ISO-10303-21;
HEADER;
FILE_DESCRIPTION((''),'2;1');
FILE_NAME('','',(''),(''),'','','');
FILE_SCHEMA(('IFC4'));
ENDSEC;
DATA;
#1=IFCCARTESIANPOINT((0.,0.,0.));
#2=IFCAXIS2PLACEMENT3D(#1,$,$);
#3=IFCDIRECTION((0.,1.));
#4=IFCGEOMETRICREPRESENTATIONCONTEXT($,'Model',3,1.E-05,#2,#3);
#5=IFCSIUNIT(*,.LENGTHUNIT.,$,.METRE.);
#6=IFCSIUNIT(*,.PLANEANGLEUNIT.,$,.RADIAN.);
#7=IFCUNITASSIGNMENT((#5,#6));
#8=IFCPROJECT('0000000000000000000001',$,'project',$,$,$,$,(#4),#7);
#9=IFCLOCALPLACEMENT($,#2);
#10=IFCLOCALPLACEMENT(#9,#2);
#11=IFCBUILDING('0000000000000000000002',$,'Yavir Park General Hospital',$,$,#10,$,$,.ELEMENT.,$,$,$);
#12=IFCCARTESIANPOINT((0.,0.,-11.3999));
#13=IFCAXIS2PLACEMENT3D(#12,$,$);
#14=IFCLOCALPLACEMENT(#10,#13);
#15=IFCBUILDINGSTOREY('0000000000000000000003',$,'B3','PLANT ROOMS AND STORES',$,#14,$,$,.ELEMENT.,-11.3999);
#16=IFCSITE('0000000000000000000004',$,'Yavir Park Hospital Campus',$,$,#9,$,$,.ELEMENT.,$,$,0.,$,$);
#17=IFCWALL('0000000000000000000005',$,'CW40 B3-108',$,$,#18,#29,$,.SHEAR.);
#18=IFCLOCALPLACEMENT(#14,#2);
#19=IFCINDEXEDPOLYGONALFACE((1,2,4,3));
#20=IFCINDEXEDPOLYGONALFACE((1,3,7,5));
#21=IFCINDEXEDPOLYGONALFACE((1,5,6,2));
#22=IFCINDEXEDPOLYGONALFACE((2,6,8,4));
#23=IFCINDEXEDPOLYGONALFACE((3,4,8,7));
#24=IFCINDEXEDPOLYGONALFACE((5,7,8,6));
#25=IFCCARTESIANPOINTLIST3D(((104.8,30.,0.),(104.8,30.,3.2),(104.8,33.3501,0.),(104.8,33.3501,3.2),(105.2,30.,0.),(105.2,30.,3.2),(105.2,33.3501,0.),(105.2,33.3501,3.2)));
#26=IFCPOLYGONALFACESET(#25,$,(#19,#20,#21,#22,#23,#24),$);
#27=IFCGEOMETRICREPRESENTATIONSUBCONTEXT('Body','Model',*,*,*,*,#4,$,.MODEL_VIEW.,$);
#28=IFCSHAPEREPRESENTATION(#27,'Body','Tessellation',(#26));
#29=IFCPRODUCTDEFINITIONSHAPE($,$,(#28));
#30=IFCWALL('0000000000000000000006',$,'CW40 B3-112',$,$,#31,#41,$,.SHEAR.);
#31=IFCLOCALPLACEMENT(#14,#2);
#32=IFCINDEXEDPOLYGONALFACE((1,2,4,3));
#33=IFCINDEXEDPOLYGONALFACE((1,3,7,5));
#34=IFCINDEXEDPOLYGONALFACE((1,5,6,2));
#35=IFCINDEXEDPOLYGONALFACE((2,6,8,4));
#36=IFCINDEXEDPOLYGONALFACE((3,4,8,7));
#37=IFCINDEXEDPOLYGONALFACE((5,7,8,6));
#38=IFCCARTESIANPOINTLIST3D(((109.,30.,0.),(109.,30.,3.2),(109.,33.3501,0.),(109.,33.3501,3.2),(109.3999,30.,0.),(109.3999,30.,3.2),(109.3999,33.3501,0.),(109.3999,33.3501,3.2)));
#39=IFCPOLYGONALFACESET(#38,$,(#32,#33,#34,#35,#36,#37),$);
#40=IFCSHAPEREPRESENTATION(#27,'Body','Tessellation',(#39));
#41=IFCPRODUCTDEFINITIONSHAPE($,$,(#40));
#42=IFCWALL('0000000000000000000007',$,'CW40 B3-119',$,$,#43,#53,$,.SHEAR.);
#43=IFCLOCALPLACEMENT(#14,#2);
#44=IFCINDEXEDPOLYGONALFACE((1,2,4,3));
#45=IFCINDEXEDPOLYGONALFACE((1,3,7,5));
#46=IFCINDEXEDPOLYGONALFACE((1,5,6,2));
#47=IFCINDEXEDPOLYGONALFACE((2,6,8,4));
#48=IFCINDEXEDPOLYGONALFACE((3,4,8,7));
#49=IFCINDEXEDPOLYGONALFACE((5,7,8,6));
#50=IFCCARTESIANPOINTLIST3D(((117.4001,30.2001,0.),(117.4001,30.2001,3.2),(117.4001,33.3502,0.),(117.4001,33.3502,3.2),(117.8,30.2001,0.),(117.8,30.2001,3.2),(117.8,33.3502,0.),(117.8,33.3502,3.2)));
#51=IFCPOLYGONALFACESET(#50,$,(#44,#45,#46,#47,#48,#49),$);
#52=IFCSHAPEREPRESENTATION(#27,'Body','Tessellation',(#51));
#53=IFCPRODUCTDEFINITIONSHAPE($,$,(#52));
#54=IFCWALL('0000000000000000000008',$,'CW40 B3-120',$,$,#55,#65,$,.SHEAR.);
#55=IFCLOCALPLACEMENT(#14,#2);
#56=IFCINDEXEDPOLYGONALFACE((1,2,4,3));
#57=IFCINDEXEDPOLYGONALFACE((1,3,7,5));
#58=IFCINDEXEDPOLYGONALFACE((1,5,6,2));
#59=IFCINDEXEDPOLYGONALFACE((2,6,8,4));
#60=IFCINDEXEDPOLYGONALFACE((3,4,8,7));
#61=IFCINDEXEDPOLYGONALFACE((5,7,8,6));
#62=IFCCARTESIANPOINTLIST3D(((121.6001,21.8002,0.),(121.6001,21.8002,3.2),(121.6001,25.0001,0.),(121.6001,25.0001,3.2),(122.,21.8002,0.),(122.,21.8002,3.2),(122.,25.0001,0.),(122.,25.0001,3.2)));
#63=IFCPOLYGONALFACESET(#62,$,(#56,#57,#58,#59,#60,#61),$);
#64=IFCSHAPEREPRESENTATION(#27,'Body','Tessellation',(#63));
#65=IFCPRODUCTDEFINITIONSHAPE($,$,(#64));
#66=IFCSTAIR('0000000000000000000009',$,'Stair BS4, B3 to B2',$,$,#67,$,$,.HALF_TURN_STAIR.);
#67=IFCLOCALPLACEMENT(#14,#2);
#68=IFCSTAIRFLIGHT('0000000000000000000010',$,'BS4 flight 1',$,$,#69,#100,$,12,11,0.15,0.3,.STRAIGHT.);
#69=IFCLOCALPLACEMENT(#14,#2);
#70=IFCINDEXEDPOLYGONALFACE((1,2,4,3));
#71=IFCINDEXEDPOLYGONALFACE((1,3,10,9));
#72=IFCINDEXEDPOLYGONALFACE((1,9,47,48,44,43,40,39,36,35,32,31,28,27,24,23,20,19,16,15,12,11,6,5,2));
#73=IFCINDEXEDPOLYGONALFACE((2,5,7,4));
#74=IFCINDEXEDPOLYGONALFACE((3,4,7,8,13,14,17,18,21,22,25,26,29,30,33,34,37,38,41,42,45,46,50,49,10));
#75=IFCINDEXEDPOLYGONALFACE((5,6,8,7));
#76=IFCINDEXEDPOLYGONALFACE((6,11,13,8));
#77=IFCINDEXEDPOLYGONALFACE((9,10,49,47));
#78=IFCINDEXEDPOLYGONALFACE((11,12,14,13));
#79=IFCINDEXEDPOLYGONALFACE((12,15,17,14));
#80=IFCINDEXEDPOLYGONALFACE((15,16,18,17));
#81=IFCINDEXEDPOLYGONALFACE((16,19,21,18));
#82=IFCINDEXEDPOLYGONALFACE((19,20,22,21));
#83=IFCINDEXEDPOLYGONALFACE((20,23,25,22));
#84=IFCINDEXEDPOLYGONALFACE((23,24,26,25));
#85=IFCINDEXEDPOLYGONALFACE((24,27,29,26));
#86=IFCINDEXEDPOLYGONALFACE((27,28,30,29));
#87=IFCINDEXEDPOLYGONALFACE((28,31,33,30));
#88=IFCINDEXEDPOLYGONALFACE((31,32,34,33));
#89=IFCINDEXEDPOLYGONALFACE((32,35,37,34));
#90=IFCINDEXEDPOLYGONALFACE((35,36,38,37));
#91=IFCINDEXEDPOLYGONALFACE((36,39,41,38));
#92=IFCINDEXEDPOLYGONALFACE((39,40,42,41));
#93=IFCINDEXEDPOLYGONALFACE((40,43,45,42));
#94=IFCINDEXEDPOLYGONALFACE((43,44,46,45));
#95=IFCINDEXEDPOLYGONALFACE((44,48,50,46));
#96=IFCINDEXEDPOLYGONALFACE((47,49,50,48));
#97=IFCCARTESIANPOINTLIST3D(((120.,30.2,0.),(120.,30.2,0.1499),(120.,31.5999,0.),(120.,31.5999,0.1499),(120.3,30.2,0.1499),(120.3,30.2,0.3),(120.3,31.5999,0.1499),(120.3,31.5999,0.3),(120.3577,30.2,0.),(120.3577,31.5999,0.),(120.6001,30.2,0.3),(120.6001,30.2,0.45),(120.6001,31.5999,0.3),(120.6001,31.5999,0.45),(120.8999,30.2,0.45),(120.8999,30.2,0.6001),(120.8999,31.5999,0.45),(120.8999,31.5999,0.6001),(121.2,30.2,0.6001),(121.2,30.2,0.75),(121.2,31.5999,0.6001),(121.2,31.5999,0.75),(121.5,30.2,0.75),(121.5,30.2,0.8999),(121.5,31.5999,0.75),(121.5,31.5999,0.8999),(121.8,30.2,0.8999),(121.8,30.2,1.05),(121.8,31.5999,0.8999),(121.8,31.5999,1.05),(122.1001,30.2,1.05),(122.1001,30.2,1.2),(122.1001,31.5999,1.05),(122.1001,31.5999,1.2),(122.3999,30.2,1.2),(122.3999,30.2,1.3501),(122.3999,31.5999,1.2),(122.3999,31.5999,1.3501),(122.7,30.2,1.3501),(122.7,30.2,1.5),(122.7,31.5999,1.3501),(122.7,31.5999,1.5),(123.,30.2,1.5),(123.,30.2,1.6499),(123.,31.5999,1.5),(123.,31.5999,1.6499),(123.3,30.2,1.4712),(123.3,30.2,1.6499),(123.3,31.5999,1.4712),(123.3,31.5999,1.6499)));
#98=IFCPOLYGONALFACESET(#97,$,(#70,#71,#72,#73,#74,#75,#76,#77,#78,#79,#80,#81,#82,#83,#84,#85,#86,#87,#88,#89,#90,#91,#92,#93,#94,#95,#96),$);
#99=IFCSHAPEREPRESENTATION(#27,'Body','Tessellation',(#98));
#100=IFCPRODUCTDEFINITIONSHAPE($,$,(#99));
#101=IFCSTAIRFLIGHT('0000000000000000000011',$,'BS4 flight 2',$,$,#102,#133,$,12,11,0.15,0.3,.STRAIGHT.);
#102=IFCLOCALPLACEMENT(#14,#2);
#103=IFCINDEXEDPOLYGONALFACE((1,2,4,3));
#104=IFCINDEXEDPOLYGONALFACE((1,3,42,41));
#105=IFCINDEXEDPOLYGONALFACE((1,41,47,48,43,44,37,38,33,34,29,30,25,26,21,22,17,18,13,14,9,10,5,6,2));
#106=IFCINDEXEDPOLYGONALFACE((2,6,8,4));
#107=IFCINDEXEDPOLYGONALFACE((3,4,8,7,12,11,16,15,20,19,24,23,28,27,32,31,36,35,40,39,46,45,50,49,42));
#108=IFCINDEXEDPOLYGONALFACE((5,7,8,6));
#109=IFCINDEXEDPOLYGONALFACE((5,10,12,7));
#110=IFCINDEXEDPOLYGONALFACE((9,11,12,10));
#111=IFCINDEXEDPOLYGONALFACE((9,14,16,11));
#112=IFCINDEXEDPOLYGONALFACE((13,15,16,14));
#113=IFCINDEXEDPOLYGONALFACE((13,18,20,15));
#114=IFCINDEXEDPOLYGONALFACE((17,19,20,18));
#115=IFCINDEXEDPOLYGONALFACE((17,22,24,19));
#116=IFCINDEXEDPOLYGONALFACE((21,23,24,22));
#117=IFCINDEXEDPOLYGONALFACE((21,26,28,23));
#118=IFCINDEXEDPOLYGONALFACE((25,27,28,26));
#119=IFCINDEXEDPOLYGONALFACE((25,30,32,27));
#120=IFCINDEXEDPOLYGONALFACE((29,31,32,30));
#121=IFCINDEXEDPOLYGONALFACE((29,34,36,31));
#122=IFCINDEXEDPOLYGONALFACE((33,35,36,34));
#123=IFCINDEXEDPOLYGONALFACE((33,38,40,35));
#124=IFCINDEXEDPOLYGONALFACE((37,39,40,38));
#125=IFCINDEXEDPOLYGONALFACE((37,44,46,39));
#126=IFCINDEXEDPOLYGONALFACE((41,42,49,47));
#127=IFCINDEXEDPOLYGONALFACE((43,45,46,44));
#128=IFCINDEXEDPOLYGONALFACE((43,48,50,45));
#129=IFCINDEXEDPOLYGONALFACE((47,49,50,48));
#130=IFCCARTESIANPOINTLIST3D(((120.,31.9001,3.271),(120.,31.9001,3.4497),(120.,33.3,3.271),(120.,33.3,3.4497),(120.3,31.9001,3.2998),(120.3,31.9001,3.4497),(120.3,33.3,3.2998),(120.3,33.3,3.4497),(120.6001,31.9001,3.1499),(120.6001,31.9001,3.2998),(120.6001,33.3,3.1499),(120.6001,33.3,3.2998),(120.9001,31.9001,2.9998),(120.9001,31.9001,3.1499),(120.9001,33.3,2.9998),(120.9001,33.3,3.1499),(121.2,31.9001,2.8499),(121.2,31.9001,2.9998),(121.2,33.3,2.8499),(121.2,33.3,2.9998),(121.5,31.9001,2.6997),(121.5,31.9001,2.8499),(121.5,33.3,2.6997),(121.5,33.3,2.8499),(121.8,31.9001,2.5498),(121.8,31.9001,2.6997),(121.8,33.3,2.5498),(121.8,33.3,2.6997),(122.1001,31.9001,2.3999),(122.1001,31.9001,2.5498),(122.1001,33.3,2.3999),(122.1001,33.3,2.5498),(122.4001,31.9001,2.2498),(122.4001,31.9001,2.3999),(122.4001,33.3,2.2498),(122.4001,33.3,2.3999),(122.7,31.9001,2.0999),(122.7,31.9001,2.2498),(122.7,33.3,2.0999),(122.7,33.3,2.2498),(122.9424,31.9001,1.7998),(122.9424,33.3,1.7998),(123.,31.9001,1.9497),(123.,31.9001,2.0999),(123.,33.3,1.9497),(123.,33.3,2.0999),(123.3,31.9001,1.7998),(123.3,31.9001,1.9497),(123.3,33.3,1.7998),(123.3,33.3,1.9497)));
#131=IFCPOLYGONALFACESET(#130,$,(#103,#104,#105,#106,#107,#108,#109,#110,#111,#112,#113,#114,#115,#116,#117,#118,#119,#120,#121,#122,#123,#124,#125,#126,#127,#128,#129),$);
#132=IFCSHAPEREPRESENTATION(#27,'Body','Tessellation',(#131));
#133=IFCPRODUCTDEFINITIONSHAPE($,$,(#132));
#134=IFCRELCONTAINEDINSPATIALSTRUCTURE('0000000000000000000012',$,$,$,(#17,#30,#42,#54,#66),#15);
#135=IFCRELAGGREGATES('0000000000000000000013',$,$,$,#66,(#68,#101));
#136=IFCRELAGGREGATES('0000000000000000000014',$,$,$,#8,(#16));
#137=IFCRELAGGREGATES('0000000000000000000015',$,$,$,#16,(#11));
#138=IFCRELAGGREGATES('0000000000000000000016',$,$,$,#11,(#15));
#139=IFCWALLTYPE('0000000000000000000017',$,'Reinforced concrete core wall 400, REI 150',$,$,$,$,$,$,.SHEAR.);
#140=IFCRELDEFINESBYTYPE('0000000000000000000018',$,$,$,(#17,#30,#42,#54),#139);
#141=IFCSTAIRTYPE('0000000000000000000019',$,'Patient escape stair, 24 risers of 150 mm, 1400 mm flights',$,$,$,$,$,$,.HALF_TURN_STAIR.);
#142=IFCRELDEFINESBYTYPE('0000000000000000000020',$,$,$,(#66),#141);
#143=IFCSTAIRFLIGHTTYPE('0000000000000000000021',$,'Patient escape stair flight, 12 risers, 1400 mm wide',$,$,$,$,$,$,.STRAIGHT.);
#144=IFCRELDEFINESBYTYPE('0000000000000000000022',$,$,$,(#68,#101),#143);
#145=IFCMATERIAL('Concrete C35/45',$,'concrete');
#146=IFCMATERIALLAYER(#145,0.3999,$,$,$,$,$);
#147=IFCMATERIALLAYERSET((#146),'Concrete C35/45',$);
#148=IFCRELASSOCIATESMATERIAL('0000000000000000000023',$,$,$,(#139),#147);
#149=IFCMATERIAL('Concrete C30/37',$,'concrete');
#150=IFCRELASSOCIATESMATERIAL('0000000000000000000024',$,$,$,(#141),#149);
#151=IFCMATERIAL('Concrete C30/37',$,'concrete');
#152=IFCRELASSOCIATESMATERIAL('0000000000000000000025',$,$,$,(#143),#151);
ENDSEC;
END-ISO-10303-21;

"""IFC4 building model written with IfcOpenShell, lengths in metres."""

from ifc_helpers import new_model, si_unit, direction, frame, frame_2d, origin, place, context, subcontext, project, spatial, polyline, rectangle, outline, extrude, material, layer, layer_set, type_object, element, aggregate, save


model = new_model("IFC4")

# Units and contexts
model_context = context("Model", 3, precision=1e-05, world=origin(), true_north=direction((0.0, 1.0)))
body_context = subcontext(model_context, "Body", "Model", "MODEL_VIEW")
ifc_project = project(units=[si_unit("LENGTHUNIT", "METRE"), si_unit("PLANEANGLEUNIT", "RADIAN")], contexts=[model_context])

# Site, building, storey
site_placement = place(None, origin())
site = spatial("IfcSite", under=ifc_project, at=site_placement, Name="Yavir Park Hospital Campus", CompositionType="ELEMENT", RefElevation=0.0)
building_placement = place(site_placement, origin())
building = spatial("IfcBuilding", under=site, at=building_placement, Name="Yavir Park General Hospital", CompositionType="ELEMENT")
storey_placement = place(building_placement, frame((0.0, 0.0, -11.3999)))
storey = spatial("IfcBuildingStorey", under=building, at=storey_placement, Name="B3", Description="PLANT ROOMS AND STORES", CompositionType="ELEMENT", Elevation=-11.3999)

# Shared definitions
ifc_material_1 = material(Name="Concrete C35/45", Category="concrete")
ifc_layer_1 = layer(ifc_material_1, 0.3999)
ifc_layer_set_1 = layer_set([ifc_layer_1], Name="Concrete C35/45")
wall_type_1 = type_object("IfcWallType", Name="Reinforced concrete core wall 400, REI 150", PredefinedType="SHEAR", material=ifc_layer_set_1)

# Walls
for number, where, z_axis, x_axis, name in (
    (1, (105.0, 30.0, 0.0), (0.0, 0.0, 1.0), (0.0, 1.0, 0.0), "CW40 B3-108"),
    (2, (109.2, 30.0, 0.0), (0.0, 0.0, 1.0), (0.0, 1.0, 0.0), "CW40 B3-112"),
):
    element("IfcWall", number, at=place(storey_placement, frame(where, z_axis=z_axis, x_axis=x_axis)), inside=storey, type_object=wall_type_1, Name=name, PredefinedType="SHEAR", context=body_context, shape_type="SweptSolid", body=[
        extrude(rectangle(XDim=3.3501, YDim=0.3999, at=frame_2d((1.675, 0.0))), origin(), (0.0, 0.0, 1.0), 3.2),
    ])
wall_1_placement = place(storey_placement, frame((117.6001, 30.2, 0.0), z_axis=(0.0, 0.0, 1.0), x_axis=(0.0, 1.0, 0.0)))
element("IfcWall", 3, at=wall_1_placement, inside=storey, type_object=wall_type_1, Name="CW40 B3-119", PredefinedType="SHEAR", context=body_context, shape_type="SweptSolid", body=[
    extrude(rectangle(XDim=3.1501, YDim=0.3999, at=frame_2d((1.5752, 0.0))), origin(), (0.0, 0.0, 1.0), 3.2),
])
wall_2_placement = place(storey_placement, frame((121.8, 21.8, 0.0), z_axis=(0.0, 0.0, 1.0), x_axis=(0.0, 1.0, 0.0)))
element("IfcWall", 4, at=wall_2_placement, inside=storey, type_object=wall_type_1, Name="CW40 B3-120", PredefinedType="SHEAR", context=body_context, shape_type="SweptSolid", body=[
    extrude(rectangle(XDim=3.2, YDim=0.3999, at=frame_2d((1.6001, 0.0))), origin(), (0.0, 0.0, 1.0), 3.2),
])

# Stair, stair flights
ifc_material_2 = material(Name="Concrete C30/37", Category="concrete")
stair_type = type_object("IfcStairType", Name="Patient escape stair, 24 risers of 150 mm, 1400 mm flights", PredefinedType="HALF_TURN_STAIR", material=ifc_material_2)
stair_placement = place(storey_placement, origin())
stair = element("IfcStair", 5, at=stair_placement, inside=storey, type_object=stair_type, Name="Stair BS4, B3 to B2", PredefinedType="HALF_TURN_STAIR")
ifc_material_3 = material(Name="Concrete C30/37", Category="concrete")
stair_flight_type = type_object("IfcStairFlightType", Name="Patient escape stair flight, 12 risers, 1400 mm wide", PredefinedType="STRAIGHT", material=ifc_material_3)
stair_flight_1_placement = place(storey_placement, frame((120.0, 30.8999, 0.0), z_axis=(0.0, 0.0, 1.0), x_axis=(1.0, 0.0, 0.0)))
stair_flight_1 = element("IfcStairFlight", 6, at=stair_flight_1_placement, type_object=stair_flight_type, Name="BS4 flight 1", NumberOfRisers=12, NumberOfTreads=11, PredefinedType="STRAIGHT", RiserHeight=0.15, TreadLength=0.3, context=body_context, shape_type="SweptSolid", body=[
    extrude(outline(polyline([(0.0, 0.0), (0.0, 0.1499), (0.3, 0.1499), (0.3, 0.3), (0.6001, 0.3), (0.6001, 0.45), (0.8999, 0.45), (0.8999, 0.6001), (1.2, 0.6001), (1.2, 0.75), (1.5, 0.75), (1.5, 0.8999), (1.8, 0.8999), (1.8, 1.05), (2.1001, 1.05), (2.1001, 1.2), (2.3999, 1.2), (2.3999, 1.3501), (2.7, 1.3501), (2.7, 1.5), (3.0, 1.5), (3.0, 1.6499), (3.3, 1.6499), (3.3, 1.8), (3.3, 1.4712), (0.3577, 0.0), (0.0, 0.0)])), frame((0.0, 0.7, 0.0), z_axis=(0.0, -1.0, 0.0), x_axis=(1.0, 0.0, 0.0)), (0.0, 0.0, 1.0), 1.3999),
])
stair_flight_2_placement = place(storey_placement, frame((123.3, 32.6001, 1.7998), z_axis=(0.0, 0.0, 1.0), x_axis=(-1.0, 0.0, 0.0)))
stair_flight_2 = element("IfcStairFlight", 7, at=stair_flight_2_placement, type_object=stair_flight_type, Name="BS4 flight 2", NumberOfRisers=12, NumberOfTreads=11, PredefinedType="STRAIGHT", RiserHeight=0.15, TreadLength=0.3, context=body_context, shape_type="SweptSolid", body=[
    extrude(outline(polyline([(0.0, 0.0), (0.0, 0.1499), (0.3, 0.1499), (0.3, 0.3), (0.6001, 0.3), (0.6001, 0.45), (0.8999, 0.45), (0.8999, 0.6001), (1.2, 0.6001), (1.2, 0.75), (1.5, 0.75), (1.5, 0.8999), (1.8, 0.8999), (1.8, 1.05), (2.1001, 1.05), (2.1001, 1.2), (2.3999, 1.2), (2.3999, 1.3501), (2.7, 1.3501), (2.7, 1.5), (3.0, 1.5), (3.0, 1.6499), (3.3, 1.6499), (3.3, 1.8), (3.3, 1.4712), (0.3577, 0.0), (0.0, 0.0)])), frame((0.0, 0.7, 0.0), z_axis=(0.0, -1.0, 0.0), x_axis=(1.0, 0.0, 0.0)), (0.0, 0.0, 1.0), 1.3999),
])
aggregate(stair, [stair_flight_1, stair_flight_2])

save(model, "model.ifc")
